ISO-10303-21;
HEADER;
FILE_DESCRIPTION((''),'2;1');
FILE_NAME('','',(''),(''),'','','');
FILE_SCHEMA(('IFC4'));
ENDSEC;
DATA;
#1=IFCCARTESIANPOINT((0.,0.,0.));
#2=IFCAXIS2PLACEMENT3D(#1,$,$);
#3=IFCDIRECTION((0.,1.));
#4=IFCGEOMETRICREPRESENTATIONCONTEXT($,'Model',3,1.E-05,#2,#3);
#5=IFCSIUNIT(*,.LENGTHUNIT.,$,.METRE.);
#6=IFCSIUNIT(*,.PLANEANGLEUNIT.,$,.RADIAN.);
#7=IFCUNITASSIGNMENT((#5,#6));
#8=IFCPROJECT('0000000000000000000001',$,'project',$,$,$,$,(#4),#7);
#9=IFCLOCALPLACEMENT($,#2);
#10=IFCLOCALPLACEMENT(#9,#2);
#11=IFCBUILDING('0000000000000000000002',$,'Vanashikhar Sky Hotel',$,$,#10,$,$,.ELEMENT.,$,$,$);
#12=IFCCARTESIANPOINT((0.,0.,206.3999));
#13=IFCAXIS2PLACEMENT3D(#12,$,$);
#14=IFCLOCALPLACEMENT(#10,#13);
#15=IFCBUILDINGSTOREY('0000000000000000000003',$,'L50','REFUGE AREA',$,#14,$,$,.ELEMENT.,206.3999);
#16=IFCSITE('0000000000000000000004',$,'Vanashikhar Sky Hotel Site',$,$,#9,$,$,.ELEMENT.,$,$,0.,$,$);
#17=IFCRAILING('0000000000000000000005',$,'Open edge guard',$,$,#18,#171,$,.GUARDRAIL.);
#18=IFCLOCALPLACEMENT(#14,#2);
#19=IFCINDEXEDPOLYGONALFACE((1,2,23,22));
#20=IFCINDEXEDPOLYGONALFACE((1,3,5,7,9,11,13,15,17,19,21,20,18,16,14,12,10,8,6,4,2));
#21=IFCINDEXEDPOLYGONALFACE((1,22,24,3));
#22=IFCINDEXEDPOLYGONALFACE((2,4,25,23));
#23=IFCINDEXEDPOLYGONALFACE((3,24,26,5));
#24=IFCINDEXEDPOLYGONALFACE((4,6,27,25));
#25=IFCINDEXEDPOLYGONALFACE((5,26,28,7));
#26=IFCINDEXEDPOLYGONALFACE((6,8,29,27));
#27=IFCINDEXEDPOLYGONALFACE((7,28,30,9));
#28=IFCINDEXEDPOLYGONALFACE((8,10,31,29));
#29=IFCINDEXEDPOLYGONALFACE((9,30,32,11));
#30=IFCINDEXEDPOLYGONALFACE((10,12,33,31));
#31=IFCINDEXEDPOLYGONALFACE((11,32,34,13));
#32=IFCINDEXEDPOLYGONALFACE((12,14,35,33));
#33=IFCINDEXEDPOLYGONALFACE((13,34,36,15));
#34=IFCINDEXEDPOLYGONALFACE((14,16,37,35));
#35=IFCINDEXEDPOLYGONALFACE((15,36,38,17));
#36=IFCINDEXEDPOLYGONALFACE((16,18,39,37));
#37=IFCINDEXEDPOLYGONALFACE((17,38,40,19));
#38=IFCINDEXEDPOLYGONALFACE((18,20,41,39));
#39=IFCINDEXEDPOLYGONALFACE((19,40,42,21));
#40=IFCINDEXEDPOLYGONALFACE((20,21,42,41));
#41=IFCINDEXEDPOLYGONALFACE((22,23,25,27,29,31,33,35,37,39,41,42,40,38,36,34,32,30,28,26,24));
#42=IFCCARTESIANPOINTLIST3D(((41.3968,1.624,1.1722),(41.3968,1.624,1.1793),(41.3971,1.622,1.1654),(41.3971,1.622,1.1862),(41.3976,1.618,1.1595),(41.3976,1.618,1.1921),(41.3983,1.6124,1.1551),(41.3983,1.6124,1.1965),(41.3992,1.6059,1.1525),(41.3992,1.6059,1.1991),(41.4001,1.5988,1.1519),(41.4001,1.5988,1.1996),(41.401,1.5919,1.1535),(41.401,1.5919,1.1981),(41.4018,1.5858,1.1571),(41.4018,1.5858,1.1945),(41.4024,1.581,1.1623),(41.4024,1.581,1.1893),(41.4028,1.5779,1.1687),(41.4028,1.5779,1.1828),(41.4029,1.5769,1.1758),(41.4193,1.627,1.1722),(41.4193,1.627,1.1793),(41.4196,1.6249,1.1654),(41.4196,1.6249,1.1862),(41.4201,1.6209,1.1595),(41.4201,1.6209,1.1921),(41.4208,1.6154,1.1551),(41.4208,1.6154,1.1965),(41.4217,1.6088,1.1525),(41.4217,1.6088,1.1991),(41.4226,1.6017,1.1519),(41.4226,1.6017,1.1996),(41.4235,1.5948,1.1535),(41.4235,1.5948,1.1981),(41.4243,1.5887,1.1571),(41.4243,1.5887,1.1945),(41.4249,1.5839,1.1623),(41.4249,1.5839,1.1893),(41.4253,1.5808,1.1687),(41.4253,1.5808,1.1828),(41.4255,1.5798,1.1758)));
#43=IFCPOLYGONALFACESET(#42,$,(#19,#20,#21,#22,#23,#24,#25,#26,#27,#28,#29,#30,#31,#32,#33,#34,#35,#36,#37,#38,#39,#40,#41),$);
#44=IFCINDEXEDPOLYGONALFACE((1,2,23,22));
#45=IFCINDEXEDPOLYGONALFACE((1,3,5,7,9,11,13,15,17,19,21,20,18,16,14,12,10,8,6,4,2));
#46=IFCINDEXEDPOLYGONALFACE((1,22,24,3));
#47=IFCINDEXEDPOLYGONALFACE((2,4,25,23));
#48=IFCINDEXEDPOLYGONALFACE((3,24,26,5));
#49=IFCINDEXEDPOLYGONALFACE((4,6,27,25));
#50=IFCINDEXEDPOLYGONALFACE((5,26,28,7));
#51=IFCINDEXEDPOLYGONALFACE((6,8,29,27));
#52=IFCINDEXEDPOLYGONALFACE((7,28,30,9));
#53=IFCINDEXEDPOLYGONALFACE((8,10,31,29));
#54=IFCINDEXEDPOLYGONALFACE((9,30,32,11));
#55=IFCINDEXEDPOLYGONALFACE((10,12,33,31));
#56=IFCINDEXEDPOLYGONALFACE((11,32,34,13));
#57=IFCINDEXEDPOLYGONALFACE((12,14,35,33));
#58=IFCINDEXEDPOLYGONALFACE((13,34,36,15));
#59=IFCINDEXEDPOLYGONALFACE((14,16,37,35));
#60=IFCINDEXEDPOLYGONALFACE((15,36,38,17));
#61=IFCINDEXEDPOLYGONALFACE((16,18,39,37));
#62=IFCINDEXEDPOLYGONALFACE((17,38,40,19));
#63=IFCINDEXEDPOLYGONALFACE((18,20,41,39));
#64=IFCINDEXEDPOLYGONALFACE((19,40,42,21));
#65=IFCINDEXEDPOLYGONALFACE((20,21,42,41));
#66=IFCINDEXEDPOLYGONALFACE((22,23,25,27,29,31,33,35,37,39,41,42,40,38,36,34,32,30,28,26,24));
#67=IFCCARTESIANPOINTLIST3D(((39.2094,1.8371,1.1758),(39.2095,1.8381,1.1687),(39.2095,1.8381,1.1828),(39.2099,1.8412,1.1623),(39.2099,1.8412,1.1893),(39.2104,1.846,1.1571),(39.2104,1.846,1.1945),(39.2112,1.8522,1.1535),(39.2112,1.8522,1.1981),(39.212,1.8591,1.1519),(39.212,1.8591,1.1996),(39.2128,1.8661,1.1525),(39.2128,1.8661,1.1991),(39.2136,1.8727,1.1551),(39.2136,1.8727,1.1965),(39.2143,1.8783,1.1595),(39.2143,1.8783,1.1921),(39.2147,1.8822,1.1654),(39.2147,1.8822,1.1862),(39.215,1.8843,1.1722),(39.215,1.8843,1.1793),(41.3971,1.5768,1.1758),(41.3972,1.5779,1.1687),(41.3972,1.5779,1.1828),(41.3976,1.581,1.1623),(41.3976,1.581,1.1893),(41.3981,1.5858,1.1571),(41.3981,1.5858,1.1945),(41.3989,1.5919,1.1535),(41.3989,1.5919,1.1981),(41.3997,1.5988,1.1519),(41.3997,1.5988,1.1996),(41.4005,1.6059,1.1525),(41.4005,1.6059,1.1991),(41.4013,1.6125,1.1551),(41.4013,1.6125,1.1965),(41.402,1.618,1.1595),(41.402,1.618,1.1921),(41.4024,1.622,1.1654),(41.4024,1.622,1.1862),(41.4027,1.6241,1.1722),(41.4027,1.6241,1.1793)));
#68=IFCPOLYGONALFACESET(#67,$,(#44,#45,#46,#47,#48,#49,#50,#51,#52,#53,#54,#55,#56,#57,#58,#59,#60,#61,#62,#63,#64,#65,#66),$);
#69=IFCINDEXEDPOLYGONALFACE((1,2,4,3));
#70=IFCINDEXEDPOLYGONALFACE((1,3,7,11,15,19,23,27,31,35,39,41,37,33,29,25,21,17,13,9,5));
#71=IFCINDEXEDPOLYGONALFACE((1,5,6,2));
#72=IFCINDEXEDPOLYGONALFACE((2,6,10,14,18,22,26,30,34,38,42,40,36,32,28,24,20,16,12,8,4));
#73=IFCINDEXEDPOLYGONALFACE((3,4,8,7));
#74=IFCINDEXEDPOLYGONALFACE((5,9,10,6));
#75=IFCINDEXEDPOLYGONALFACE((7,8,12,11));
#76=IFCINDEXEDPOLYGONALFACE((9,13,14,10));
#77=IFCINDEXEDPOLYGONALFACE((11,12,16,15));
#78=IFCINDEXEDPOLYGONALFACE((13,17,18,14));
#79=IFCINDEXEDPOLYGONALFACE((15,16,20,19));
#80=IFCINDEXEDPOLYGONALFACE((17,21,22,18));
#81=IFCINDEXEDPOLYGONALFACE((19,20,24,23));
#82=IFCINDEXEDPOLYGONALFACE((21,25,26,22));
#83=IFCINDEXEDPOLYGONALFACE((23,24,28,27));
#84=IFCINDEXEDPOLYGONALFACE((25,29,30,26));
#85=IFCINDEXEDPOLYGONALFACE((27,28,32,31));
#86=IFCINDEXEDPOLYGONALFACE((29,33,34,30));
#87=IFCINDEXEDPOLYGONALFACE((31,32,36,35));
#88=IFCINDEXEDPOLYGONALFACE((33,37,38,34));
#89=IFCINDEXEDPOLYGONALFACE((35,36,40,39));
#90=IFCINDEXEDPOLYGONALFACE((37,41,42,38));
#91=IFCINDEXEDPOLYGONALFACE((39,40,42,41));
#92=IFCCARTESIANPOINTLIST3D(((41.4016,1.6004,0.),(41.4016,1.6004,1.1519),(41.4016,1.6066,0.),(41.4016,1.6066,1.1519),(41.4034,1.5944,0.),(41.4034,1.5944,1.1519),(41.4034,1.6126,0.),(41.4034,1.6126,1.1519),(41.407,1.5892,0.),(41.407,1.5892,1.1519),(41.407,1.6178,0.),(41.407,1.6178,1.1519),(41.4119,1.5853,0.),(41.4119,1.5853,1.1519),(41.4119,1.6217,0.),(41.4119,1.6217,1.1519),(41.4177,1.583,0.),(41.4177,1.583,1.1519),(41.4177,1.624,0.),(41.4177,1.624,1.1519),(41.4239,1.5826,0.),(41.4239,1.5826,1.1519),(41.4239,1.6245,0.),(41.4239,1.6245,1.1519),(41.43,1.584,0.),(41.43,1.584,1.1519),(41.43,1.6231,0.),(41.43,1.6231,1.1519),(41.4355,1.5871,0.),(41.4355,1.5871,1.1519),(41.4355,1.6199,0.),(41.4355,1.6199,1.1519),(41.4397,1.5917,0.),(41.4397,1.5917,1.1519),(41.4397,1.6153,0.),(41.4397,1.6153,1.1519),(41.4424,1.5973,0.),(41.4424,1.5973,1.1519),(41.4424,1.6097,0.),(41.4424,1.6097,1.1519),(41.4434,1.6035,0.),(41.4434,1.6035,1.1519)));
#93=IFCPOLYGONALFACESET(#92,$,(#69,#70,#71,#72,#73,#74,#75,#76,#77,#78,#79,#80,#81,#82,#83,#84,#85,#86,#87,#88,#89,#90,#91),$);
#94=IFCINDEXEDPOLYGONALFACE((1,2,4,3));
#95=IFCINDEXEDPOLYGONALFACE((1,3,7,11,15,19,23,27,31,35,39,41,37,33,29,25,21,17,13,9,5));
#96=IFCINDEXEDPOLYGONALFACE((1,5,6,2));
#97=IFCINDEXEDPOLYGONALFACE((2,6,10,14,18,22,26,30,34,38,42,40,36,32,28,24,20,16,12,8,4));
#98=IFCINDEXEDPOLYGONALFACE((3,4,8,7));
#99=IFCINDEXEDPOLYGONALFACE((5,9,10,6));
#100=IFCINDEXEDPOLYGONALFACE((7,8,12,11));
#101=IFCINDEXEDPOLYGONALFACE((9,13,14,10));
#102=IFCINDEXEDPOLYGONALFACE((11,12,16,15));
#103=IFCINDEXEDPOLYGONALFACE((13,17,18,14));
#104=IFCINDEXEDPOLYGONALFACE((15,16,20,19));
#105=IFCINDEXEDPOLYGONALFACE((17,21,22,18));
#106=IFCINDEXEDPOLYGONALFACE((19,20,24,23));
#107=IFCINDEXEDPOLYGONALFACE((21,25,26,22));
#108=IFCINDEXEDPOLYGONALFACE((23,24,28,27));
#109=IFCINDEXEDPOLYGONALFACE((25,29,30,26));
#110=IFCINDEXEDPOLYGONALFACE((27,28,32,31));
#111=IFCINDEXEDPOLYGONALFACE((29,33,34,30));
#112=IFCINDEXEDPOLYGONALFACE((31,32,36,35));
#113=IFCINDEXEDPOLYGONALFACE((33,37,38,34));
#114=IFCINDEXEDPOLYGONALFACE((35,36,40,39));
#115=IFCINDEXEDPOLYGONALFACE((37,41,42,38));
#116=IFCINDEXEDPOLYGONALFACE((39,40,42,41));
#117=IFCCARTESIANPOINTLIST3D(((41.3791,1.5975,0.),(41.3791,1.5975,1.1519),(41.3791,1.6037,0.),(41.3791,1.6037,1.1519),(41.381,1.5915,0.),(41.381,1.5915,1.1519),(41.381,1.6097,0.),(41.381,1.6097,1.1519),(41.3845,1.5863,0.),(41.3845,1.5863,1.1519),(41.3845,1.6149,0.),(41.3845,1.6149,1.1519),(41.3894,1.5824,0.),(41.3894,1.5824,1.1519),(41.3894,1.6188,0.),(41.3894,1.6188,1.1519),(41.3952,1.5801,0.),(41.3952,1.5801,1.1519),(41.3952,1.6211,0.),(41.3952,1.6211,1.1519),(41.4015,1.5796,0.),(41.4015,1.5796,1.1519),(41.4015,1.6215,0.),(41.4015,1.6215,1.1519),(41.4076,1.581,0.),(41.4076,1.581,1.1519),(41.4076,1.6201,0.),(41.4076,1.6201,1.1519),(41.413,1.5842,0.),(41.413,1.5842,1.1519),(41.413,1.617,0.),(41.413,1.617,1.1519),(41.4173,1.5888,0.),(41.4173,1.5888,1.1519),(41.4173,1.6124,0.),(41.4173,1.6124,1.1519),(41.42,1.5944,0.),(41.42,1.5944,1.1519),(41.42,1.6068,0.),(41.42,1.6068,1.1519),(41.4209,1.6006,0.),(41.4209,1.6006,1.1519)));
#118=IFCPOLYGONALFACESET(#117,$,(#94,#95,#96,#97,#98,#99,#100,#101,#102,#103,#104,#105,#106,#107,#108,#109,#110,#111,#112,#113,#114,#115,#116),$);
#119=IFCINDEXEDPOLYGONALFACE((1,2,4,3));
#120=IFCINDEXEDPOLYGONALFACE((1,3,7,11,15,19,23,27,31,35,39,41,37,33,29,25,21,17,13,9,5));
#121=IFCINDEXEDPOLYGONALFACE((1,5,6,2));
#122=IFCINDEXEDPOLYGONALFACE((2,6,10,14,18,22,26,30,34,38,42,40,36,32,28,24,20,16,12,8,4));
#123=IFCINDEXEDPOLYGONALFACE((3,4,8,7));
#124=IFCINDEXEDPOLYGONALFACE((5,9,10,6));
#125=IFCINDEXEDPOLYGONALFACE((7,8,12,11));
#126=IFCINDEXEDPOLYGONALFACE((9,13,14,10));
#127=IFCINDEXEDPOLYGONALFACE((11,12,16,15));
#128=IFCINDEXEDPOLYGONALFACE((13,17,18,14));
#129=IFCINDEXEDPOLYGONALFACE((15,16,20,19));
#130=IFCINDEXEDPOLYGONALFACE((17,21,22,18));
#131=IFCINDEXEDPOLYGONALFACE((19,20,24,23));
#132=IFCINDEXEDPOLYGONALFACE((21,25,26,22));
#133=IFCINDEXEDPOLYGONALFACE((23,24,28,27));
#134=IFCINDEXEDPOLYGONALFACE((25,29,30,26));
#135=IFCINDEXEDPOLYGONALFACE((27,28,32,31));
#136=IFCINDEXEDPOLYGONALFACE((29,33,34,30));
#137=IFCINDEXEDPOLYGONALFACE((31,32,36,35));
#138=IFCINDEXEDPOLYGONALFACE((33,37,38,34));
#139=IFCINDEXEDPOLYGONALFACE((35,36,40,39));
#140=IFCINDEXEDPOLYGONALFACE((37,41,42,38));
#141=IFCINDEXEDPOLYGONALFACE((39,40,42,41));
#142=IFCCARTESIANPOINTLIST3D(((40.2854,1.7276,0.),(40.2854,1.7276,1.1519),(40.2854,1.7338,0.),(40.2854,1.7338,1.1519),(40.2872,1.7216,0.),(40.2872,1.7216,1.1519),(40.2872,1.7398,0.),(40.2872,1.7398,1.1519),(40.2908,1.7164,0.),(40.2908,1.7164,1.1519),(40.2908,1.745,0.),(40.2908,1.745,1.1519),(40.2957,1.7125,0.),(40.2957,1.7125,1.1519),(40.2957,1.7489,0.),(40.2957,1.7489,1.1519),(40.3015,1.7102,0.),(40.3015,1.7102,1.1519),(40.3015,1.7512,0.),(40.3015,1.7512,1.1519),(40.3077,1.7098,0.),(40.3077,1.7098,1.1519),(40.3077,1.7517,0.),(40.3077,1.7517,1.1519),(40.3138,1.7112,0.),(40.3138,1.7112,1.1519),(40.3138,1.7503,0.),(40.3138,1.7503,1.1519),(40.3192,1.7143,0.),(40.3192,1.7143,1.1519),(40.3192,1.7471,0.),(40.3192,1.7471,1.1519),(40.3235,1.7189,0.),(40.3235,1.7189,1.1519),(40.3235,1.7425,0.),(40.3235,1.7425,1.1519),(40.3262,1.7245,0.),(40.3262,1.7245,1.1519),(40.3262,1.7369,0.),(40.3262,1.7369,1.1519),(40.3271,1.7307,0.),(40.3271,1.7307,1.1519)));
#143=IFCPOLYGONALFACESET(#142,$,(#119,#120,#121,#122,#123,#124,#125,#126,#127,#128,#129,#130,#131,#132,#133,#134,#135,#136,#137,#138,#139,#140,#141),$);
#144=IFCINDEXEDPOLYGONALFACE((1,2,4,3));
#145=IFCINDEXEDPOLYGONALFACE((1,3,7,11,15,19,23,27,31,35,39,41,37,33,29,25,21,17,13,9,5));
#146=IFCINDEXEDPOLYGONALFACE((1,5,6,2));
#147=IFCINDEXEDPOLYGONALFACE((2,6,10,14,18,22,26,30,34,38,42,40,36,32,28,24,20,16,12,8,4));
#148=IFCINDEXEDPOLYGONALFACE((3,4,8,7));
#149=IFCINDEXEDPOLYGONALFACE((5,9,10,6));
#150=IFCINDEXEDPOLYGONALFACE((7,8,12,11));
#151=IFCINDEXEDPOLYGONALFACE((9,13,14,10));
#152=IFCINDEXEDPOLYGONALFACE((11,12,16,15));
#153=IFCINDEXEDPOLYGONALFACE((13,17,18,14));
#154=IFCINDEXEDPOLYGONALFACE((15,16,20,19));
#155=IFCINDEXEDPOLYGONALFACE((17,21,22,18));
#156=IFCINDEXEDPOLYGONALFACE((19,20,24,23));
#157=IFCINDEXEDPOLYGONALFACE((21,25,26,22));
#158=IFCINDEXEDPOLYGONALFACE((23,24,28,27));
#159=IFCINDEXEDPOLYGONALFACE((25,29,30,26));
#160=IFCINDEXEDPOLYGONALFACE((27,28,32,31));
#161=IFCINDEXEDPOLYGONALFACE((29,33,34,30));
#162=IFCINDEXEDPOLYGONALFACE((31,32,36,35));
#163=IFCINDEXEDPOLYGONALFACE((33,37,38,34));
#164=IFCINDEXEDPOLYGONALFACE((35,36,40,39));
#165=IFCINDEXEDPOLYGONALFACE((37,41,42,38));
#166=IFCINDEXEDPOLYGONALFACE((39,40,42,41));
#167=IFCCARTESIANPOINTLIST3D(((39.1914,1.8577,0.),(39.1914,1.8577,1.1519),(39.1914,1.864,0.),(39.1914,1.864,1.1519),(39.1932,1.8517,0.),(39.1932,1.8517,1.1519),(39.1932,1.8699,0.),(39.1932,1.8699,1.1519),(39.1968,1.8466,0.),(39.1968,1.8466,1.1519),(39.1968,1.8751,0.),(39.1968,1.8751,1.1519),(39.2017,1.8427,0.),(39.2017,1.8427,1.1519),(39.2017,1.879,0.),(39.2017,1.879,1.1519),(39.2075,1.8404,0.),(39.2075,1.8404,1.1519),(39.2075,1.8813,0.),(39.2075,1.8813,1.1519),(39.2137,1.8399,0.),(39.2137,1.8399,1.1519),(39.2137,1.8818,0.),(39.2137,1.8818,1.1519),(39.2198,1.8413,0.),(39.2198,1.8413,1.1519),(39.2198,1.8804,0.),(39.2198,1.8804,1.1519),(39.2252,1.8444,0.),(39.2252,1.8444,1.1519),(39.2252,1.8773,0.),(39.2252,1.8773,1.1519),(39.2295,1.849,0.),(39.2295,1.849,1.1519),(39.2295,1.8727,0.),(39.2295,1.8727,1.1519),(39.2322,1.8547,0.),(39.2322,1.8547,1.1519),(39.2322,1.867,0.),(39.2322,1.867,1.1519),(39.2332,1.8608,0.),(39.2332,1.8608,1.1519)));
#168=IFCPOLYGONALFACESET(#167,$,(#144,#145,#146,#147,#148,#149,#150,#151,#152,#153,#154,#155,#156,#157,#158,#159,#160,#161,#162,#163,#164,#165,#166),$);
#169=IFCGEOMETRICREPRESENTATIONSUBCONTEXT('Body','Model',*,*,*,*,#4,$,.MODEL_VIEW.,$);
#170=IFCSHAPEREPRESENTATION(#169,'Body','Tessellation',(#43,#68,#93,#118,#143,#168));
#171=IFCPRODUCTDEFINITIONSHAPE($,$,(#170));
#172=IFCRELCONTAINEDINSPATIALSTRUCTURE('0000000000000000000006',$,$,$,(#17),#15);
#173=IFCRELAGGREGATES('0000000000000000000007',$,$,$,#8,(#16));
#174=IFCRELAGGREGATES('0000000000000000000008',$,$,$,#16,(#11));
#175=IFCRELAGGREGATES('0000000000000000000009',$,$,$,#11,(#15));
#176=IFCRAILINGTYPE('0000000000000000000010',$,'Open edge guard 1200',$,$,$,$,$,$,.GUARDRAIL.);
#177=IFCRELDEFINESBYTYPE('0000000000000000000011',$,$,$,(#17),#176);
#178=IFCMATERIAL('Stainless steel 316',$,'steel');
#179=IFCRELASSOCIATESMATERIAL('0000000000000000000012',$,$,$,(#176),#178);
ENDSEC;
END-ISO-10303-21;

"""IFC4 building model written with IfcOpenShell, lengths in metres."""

from ifc_helpers import new_model, si_unit, direction, frame, origin, origin_2d, place, context, subcontext, project, spatial, circle, extrude, source, transform, mapped, material, type_object, element, save


model = new_model("IFC4")

# Units and contexts
model_context = context("Model", 3, precision=1e-05, world=origin(), true_north=direction((0.0, 1.0)))
body_context = subcontext(model_context, "Body", "Model", "MODEL_VIEW")
ifc_project = project(units=[si_unit("LENGTHUNIT", "METRE"), si_unit("PLANEANGLEUNIT", "RADIAN")], contexts=[model_context])

# Site, building, storey
site_placement = place(None, origin())
site = spatial("IfcSite", under=ifc_project, at=site_placement, Name="Vanashikhar Sky Hotel Site", CompositionType="ELEMENT", RefElevation=0.0)
building_placement = place(site_placement, origin())
building = spatial("IfcBuilding", under=site, at=building_placement, Name="Vanashikhar Sky Hotel", CompositionType="ELEMENT")
storey_placement = place(building_placement, frame((0.0, 0.0, 206.3999)))
storey = spatial("IfcBuildingStorey", under=building, at=storey_placement, Name="L50", Description="REFUGE AREA", CompositionType="ELEMENT", Elevation=206.3999)

# Railing
ifc_material_1 = material(Name="Stainless steel 316", Category="steel")
railing_type = type_object("IfcRailingType", Name="Open edge guard 1200", PredefinedType="GUARDRAIL", material=ifc_material_1)
shared_shape_1 = source(origin(), body_context, "Body", "SweptSolid", [
    extrude(circle(Radius=0.0239, at=origin_2d()), frame((0.0, 0.0, 1.1758), z_axis=(-0.9916, -0.129339, 0.0), x_axis=(0.129339, -0.9916, 0.0)), (0.0, 0.0, 1.0), 0.0227),
    extrude(circle(Radius=0.0239, at=origin_2d()), frame((-0.0225, -0.0029, 1.1758), z_axis=(-0.992998, 0.118127, 0.0), x_axis=(-0.118127, -0.992998, 0.0)), (0.0, 0.0, 1.0), 2.2031),
    extrude(circle(Radius=0.021, at=origin_2d()), origin(), (0.0, 0.0, 1.0), 1.1519),
    extrude(circle(Radius=0.021, at=origin_2d()), frame((-0.0225, -0.0029, 0.0)), (0.0, 0.0, 1.0), 1.1519),
    extrude(circle(Radius=0.021, at=origin_2d()), frame((-1.1162, 0.1272, 0.0)), (0.0, 0.0, 1.0), 1.1519),
    extrude(circle(Radius=0.021, at=origin_2d()), frame((-2.2102, 0.2573, 0.0)), (0.0, 0.0, 1.0), 1.1519),
])
railing_1_placement = place(storey_placement, frame((41.4224, 1.6035, 0.0)))
element("IfcRailing", 1, at=railing_1_placement, inside=storey, type_object=railing_type, Name="Open edge guard", PredefinedType="GUARDRAIL", context=body_context, shape_type="MappedRepresentation", body=[
    mapped(shared_shape_1, transform((0.0, 0.0, 0.0), scale=1.0)),
])

save(model, "model.ifc")
